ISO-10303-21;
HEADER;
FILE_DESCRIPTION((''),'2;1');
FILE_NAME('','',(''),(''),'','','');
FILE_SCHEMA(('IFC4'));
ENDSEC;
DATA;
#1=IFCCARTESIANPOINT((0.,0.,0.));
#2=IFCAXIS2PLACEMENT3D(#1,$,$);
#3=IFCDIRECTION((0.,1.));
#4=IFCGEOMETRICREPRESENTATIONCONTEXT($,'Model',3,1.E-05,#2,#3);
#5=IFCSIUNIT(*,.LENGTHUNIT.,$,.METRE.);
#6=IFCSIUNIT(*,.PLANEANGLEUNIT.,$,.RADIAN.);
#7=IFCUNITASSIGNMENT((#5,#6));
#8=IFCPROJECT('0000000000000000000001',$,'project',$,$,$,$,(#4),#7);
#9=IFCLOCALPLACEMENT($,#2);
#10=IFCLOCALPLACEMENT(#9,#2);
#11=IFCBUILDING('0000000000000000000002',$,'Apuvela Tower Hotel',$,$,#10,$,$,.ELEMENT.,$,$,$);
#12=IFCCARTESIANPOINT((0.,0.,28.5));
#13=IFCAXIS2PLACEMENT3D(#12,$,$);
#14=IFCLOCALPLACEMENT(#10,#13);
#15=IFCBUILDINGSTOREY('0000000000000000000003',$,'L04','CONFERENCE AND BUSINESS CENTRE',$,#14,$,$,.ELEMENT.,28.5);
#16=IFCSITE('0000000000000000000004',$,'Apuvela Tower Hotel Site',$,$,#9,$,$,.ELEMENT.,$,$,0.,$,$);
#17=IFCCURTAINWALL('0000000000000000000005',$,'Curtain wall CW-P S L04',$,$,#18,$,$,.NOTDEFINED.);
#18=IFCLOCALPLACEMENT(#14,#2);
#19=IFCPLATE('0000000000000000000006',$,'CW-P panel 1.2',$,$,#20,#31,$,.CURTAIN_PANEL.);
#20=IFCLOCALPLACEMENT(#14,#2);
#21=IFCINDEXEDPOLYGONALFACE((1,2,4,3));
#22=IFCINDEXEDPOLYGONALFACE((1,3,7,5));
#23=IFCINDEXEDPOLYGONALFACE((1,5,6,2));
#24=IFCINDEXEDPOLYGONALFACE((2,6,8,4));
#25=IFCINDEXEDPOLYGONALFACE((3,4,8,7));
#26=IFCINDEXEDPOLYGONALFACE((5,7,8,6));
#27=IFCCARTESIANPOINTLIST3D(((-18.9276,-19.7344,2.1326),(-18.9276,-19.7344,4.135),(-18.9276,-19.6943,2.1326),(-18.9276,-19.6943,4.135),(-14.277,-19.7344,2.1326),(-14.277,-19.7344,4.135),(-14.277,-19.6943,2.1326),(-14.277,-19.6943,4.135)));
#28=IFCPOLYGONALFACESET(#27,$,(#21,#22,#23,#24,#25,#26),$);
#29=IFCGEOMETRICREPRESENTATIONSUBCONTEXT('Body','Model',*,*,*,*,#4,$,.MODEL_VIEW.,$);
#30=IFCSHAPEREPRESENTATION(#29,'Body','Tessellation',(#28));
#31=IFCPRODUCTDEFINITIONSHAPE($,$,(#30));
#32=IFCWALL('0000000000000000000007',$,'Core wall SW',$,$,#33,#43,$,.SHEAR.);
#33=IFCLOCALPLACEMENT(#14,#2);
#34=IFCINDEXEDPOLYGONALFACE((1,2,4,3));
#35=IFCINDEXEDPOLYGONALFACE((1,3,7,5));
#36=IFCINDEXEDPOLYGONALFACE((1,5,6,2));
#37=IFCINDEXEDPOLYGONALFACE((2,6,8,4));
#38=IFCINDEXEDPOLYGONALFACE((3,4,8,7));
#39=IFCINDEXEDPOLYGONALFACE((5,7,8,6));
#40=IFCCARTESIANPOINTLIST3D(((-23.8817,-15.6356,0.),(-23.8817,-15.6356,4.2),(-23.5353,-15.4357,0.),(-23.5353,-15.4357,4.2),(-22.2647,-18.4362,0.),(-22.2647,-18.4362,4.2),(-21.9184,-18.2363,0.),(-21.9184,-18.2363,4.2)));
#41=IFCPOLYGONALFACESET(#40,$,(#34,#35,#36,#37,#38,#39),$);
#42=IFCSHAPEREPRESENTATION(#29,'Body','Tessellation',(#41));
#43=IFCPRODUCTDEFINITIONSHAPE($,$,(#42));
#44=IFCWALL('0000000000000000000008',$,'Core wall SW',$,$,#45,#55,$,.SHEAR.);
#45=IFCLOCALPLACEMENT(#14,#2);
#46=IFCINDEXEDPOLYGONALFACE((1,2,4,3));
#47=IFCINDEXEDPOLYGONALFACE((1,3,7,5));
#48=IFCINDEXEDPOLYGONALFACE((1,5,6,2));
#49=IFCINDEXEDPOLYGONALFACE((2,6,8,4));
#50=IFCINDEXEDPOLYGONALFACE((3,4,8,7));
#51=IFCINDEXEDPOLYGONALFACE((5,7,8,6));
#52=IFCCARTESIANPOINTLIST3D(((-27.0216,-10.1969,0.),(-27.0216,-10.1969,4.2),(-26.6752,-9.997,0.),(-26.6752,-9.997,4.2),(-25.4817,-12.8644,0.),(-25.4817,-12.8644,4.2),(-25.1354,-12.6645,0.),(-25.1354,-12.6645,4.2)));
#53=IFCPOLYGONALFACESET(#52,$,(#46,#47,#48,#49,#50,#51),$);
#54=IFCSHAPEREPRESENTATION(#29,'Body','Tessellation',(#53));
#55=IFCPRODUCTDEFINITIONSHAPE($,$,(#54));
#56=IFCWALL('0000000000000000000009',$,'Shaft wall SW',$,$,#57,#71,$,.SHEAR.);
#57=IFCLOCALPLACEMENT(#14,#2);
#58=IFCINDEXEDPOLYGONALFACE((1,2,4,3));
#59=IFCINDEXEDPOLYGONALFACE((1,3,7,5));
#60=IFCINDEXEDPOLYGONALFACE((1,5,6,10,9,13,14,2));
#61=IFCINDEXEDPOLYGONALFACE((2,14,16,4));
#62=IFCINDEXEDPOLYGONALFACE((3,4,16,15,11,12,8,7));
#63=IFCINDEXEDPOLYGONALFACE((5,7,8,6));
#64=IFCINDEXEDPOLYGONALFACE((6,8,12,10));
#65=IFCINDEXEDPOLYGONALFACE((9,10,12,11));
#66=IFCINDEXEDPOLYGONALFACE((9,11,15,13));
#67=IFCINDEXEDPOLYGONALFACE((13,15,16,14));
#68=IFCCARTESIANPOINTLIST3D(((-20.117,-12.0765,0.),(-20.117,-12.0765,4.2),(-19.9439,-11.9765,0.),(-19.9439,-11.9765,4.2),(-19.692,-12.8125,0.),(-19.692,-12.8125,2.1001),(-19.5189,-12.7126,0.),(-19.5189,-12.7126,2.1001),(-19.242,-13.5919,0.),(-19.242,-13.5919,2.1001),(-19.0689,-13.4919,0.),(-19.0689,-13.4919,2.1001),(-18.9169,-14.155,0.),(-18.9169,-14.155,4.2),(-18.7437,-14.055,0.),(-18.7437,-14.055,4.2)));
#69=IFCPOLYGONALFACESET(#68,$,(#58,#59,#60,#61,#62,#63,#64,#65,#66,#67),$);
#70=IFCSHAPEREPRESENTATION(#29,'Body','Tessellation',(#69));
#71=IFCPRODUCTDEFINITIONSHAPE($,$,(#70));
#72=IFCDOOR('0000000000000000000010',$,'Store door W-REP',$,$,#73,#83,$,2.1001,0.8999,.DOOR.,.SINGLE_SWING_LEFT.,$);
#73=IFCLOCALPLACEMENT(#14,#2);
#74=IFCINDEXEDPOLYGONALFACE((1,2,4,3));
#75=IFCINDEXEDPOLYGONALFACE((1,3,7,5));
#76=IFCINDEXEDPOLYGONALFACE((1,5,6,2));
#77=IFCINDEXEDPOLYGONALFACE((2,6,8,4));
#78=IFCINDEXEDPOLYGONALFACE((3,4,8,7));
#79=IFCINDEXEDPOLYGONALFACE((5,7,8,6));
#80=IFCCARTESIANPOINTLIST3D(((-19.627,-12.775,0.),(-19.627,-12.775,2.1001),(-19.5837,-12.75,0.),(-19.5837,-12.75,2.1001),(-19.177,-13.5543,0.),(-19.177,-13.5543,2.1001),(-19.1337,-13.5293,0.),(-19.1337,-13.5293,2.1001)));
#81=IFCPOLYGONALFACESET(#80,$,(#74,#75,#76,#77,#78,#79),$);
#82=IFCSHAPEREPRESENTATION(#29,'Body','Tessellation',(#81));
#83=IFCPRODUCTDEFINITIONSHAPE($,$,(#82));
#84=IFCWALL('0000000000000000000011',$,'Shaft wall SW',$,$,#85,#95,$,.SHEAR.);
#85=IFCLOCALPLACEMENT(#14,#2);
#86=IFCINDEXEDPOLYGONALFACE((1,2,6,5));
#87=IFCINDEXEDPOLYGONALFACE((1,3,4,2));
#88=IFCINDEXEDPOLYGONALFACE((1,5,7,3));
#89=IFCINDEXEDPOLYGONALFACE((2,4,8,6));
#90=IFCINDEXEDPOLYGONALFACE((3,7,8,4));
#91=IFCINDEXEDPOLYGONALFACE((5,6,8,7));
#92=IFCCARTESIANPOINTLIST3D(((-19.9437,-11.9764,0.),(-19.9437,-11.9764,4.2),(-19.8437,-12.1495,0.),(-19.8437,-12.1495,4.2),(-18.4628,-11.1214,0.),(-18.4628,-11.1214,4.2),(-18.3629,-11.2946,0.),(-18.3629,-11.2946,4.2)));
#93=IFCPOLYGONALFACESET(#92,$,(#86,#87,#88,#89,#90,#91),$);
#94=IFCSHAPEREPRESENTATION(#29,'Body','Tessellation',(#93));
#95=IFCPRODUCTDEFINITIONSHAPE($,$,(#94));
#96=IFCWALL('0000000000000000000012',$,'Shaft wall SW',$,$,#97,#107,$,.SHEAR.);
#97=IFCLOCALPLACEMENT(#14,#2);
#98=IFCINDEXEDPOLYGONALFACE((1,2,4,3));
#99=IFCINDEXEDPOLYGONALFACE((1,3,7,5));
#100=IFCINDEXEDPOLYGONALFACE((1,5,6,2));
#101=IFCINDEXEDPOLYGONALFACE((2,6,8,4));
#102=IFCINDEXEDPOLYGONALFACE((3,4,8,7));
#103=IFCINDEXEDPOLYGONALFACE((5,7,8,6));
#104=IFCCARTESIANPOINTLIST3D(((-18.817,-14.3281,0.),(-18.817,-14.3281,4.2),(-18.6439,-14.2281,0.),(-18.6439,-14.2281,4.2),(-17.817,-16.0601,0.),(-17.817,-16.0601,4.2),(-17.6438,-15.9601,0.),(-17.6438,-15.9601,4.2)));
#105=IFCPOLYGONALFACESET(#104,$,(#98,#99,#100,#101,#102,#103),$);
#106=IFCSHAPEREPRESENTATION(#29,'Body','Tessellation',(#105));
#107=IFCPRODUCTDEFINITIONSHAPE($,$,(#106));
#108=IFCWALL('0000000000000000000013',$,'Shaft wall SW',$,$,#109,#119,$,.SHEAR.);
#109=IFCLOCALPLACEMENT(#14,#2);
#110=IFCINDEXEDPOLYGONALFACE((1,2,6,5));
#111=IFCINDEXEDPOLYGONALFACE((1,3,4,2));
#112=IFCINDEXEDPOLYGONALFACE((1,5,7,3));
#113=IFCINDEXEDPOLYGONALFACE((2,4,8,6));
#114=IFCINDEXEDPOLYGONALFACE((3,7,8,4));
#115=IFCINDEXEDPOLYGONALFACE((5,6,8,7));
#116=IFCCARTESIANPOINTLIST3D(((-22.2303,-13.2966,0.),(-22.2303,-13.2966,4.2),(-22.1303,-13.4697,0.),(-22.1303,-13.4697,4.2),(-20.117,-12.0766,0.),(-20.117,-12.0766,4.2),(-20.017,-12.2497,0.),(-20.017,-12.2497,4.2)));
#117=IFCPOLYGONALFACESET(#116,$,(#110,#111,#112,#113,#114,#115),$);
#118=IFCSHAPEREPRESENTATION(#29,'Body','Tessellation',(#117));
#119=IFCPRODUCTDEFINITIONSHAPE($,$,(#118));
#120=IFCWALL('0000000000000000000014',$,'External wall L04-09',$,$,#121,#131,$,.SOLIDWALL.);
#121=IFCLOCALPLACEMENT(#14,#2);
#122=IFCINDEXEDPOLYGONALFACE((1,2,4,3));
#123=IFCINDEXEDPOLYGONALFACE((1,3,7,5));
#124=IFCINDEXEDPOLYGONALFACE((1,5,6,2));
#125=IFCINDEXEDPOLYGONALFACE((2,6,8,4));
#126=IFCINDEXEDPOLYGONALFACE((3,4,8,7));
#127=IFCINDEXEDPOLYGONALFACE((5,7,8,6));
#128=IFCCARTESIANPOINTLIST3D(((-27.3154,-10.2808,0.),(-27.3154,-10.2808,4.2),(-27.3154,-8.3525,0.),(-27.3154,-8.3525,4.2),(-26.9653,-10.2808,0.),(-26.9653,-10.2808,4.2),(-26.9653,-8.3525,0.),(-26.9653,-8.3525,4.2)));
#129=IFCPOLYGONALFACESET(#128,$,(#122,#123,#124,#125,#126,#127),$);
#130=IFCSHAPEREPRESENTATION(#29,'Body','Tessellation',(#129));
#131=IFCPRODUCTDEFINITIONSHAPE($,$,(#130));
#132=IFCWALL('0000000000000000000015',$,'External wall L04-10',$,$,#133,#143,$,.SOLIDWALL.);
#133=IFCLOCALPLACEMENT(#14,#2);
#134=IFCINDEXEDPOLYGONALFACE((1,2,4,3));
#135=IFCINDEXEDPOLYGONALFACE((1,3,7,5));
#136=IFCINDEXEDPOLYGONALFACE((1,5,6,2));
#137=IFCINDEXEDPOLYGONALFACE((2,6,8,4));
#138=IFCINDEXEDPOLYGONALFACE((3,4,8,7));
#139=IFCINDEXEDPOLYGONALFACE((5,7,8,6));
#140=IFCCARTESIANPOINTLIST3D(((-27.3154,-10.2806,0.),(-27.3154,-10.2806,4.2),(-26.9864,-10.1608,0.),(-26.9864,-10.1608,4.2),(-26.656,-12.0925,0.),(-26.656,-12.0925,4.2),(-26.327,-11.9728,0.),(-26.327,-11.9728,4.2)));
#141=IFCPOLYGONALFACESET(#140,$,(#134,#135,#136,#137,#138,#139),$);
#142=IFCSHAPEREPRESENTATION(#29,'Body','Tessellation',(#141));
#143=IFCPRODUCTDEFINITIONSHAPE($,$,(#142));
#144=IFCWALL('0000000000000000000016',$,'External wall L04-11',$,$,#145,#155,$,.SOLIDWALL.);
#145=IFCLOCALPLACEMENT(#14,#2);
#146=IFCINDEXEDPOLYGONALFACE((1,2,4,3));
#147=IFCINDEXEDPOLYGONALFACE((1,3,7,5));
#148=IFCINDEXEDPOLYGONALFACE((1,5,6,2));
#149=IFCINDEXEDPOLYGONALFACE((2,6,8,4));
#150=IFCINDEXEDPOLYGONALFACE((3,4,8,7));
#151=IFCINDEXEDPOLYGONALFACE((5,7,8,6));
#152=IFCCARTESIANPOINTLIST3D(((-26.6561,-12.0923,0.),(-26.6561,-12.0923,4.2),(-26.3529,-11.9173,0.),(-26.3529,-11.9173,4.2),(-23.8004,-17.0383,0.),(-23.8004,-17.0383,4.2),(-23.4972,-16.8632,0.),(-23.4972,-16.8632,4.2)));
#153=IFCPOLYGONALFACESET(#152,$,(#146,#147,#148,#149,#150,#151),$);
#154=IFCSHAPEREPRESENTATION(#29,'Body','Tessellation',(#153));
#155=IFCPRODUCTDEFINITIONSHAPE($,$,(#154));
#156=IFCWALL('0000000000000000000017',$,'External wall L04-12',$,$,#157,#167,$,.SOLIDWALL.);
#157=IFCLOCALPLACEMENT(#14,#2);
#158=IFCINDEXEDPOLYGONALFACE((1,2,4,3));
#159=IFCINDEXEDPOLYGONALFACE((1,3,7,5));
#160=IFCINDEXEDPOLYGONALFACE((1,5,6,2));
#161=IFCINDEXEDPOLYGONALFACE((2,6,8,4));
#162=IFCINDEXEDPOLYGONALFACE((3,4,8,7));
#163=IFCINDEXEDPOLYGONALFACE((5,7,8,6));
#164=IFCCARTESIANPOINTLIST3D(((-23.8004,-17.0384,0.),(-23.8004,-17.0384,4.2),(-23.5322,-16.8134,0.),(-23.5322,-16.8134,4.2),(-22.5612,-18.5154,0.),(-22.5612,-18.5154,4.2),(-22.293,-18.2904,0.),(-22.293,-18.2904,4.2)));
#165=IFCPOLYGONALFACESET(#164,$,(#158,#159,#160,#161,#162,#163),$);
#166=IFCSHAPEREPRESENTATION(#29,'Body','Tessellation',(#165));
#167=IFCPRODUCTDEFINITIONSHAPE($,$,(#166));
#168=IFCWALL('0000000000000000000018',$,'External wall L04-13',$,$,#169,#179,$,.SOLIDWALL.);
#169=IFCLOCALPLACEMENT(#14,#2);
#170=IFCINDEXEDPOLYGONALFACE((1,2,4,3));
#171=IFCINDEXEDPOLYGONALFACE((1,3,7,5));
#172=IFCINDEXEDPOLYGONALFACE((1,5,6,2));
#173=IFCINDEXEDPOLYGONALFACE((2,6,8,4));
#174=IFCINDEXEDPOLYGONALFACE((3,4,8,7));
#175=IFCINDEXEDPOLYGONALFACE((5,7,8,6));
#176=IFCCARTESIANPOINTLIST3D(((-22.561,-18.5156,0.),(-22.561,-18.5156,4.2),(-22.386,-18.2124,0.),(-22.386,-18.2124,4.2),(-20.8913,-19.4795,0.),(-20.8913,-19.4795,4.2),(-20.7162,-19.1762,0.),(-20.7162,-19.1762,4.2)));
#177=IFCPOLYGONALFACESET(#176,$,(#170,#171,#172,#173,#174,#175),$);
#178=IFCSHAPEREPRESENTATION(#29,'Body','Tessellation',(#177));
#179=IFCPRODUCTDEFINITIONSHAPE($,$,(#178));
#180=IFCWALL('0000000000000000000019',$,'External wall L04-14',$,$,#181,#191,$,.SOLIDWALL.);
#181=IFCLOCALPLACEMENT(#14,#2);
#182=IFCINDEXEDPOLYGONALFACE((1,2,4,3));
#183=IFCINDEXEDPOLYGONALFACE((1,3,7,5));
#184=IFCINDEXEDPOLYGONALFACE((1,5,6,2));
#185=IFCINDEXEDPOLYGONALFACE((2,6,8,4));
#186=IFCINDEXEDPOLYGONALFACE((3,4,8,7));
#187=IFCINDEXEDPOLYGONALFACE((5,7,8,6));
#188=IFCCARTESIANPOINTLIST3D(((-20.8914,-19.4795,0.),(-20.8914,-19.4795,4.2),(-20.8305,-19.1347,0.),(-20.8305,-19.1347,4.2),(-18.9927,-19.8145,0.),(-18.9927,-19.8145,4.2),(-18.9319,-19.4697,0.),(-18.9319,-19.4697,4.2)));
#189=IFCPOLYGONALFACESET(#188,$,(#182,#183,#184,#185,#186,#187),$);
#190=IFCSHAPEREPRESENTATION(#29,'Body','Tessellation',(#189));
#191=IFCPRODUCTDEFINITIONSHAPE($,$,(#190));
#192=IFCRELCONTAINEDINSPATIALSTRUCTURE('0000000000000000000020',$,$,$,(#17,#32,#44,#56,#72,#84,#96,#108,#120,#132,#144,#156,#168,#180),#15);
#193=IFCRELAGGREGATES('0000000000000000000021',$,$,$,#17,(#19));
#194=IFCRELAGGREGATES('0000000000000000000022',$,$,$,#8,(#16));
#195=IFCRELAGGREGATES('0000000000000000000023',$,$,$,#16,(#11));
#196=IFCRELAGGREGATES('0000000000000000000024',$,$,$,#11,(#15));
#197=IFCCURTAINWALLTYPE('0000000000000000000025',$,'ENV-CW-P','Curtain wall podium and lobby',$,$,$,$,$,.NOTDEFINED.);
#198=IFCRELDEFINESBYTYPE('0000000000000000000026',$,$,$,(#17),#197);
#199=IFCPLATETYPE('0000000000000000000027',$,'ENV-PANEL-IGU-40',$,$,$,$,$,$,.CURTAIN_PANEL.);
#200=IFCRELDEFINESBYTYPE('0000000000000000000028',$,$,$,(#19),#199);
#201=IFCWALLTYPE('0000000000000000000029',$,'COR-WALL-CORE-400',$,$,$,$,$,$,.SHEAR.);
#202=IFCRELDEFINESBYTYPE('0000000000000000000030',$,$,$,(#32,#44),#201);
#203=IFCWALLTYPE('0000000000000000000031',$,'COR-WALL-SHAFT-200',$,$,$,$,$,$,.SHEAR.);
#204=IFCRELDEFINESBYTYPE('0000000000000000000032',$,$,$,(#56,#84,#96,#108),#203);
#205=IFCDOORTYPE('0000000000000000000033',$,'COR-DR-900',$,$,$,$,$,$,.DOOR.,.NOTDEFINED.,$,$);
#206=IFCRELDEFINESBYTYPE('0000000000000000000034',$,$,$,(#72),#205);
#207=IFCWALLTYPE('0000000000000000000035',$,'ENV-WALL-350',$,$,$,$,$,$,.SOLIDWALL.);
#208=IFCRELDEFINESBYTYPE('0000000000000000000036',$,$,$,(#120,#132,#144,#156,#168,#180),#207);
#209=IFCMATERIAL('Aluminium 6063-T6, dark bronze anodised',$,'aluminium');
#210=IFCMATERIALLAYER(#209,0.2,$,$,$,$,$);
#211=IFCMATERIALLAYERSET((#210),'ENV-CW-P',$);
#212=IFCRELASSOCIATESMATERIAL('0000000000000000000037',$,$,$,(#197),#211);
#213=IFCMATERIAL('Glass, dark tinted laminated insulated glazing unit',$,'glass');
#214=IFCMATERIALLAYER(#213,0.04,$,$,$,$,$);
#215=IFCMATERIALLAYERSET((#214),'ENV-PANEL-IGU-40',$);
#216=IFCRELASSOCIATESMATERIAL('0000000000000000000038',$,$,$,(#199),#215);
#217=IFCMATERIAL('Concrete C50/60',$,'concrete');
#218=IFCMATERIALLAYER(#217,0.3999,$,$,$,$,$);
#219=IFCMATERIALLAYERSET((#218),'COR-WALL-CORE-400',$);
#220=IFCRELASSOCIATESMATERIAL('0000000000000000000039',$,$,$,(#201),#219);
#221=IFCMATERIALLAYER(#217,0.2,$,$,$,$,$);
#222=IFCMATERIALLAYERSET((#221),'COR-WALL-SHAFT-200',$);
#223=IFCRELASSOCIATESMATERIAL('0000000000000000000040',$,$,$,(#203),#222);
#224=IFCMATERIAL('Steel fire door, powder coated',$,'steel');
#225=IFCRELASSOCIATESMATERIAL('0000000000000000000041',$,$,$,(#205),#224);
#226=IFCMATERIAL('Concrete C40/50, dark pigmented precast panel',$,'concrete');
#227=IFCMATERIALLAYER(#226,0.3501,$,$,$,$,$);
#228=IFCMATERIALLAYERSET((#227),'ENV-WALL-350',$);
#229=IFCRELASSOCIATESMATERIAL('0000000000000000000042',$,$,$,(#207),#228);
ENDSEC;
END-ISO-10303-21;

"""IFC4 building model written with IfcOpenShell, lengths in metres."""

from ifc_helpers import new_model, si_unit, direction, frame, frame_2d, origin, origin_2d, place, context, subcontext, project, spatial, rectangle, extrude, material, layer, layer_set, type_object, element, fill, aggregate, save


model = new_model("IFC4")

# Units and contexts
model_context = context("Model", 3, precision=1e-05, world=origin(), true_north=direction((0.0, 1.0)))
body_context = subcontext(model_context, "Body", "Model", "MODEL_VIEW")
ifc_project = project(units=[si_unit("LENGTHUNIT", "METRE"), si_unit("PLANEANGLEUNIT", "RADIAN")], contexts=[model_context])

# Site, building, storey
site_placement = place(None, origin())
site = spatial("IfcSite", under=ifc_project, at=site_placement, Name="Apuvela Tower Hotel Site", CompositionType="ELEMENT", RefElevation=0.0)
building_placement = place(site_placement, origin())
building = spatial("IfcBuilding", under=site, at=building_placement, Name="Apuvela Tower Hotel", CompositionType="ELEMENT")
storey_placement = place(building_placement, frame((0.0, 0.0, 28.5)))
storey = spatial("IfcBuildingStorey", under=building, at=storey_placement, Name="L04", Description="CONFERENCE AND BUSINESS CENTRE", CompositionType="ELEMENT", Elevation=28.5)

# Curtain wall
ifc_material_1 = material(Name="Aluminium 6063-T6, dark bronze anodised", Category="aluminium")
ifc_layer_1 = layer(ifc_material_1, 0.2)
ifc_layer_set_1 = layer_set([ifc_layer_1], Name="ENV-CW-P")
curtain_wall_type = type_object("IfcCurtainWallType", Name="ENV-CW-P", Description="Curtain wall podium and lobby", PredefinedType="NOTDEFINED", material=ifc_layer_set_1)
curtain_wall_placement = place(storey_placement, origin())
curtain_wall = element("IfcCurtainWall", 1, at=curtain_wall_placement, inside=storey, type_object=curtain_wall_type, Name="Curtain wall CW-P S L04", PredefinedType="NOTDEFINED")

# Plate
ifc_material_2 = material(Name="Glass, dark tinted laminated insulated glazing unit", Category="glass")
ifc_layer_2 = layer(ifc_material_2, 0.04)
ifc_layer_set_2 = layer_set([ifc_layer_2], Name="ENV-PANEL-IGU-40")
plate_type = type_object("IfcPlateType", Name="ENV-PANEL-IGU-40", PredefinedType="CURTAIN_PANEL", material=ifc_layer_set_2)
plate_1_placement = place(storey_placement, frame((-16.6023, -19.7144, 2.1326), z_axis=(0.0, 0.0, 1.0), x_axis=(1.0, 0.0, 0.0)))
plate_1 = element("IfcPlate", 2, at=plate_1_placement, type_object=plate_type, Name="CW-P panel 1.2", PredefinedType="CURTAIN_PANEL", context=body_context, shape_type="SweptSolid", body=[
    extrude(rectangle(XDim=4.6506, YDim=0.04, at=origin_2d()), origin(), (0.0, 0.0, 1.0), 2.0024),
])
aggregate(curtain_wall, [plate_1])

# Walls
ifc_material_3 = material(Name="Concrete C50/60", Category="concrete")
ifc_layer_3 = layer(ifc_material_3, 0.3999)
ifc_layer_set_3 = layer_set([ifc_layer_3], Name="COR-WALL-CORE-400")
wall_type_1 = type_object("IfcWallType", Name="COR-WALL-CORE-400", PredefinedType="SHEAR", material=ifc_layer_set_3)
wall_1_placement = place(storey_placement, frame((-23.7085, -15.5356, 0.0), z_axis=(0.0, 0.0, 1.0), x_axis=(0.500012, -0.866018, 0.0)))
element("IfcWall", 3, at=wall_1_placement, inside=storey, type_object=wall_type_1, Name="Core wall SW", PredefinedType="SHEAR", context=body_context, shape_type="SweptSolid", body=[
    extrude(rectangle(XDim=3.2339, YDim=0.3999, at=frame_2d((1.6169, 0.0))), origin(), (0.0, 0.0, 1.0), 4.2),
])
wall_2_placement = place(storey_placement, frame((-26.8484, -10.0969, 0.0), z_axis=(0.0, 0.0, 1.0), x_axis=(0.499933, -0.866064, 0.0)))
element("IfcWall", 4, at=wall_2_placement, inside=storey, type_object=wall_type_1, Name="Core wall SW", PredefinedType="SHEAR", context=body_context, shape_type="SweptSolid", body=[
    extrude(rectangle(XDim=3.0801, YDim=0.3999, at=frame_2d((1.54, 0.0))), origin(), (0.0, 0.0, 1.0), 4.2),
])

# Wall, opening, door
ifc_layer_4 = layer(ifc_material_3, 0.2)
ifc_layer_set_4 = layer_set([ifc_layer_4], Name="COR-WALL-SHAFT-200")
wall_type_2 = type_object("IfcWallType", Name="COR-WALL-SHAFT-200", PredefinedType="SHEAR", material=ifc_layer_set_4)
wall_3_placement = place(storey_placement, frame((-20.0305, -12.0264, 0.0), z_axis=(0.0, 0.0, 1.0), x_axis=(0.500034, -0.866006, 0.0)))
wall_3 = element("IfcWall", 5, at=wall_3_placement, inside=storey, type_object=wall_type_2, Name="Shaft wall SW", PredefinedType="SHEAR", context=body_context, shape_type="SweptSolid", body=[
    extrude(rectangle(XDim=2.4001, YDim=0.2, at=frame_2d((1.2002, 0.0))), origin(), (0.0, 0.0, 1.0), 4.2),
])
opening_placement = place(wall_3_placement, frame((0.8501, 0.0, 0.0)))
opening = element("IfcOpeningElement", 6, at=opening_placement, cuts=wall_3, PredefinedType="OPENING", context=body_context, shape_type="SweptSolid", body=[
    extrude(rectangle(XDim=0.8999, YDim=2.1001, at=frame_2d((0.45, 1.05))), frame((0.0, 0.1099, 0.0), z_axis=(0.0, -1.0, 0.0), x_axis=(1.0, 0.0, 0.0)), (0.0, 0.0, 1.0), 0.22),
])
ifc_material_4 = material(Name="Steel fire door, powder coated", Category="steel")
door_type = type_object("IfcDoorType", Name="COR-DR-900", OperationType="NOTDEFINED", PredefinedType="DOOR", material=ifc_material_4)
door_placement = place(opening_placement, frame((0.8999, 0.0, 0.0), z_axis=(0.0, 0.0, 1.0), x_axis=(-1.0, 0.0, 0.0)))
door = element("IfcDoor", 7, at=door_placement, inside=storey, type_object=door_type, Name="Store door W-REP", OperationType="SINGLE_SWING_LEFT", OverallHeight=2.1001, OverallWidth=0.8999, PredefinedType="DOOR", context=body_context, shape_type="SweptSolid", body=[
    extrude(rectangle(XDim=0.8999, YDim=2.1001, at=frame_2d((0.45, 1.05))), frame((0.0, 0.0249, 0.0), z_axis=(0.0, -1.0, 0.0), x_axis=(1.0, 0.0, 0.0)), (0.0, 0.0, 1.0), 0.05),
])
fill(opening, door)

# Walls
wall_4_placement = place(storey_placement, frame((-18.4128, -11.208, 0.0), z_axis=(0.0, 0.0, 1.0), x_axis=(-0.866038, -0.499978, 0.0)))
element("IfcWall", 8, at=wall_4_placement, inside=storey, type_object=wall_type_2, Name="Shaft wall SW", PredefinedType="SHEAR", context=body_context, shape_type="SweptSolid", body=[
    extrude(rectangle(XDim=1.71, YDim=0.2, at=frame_2d((0.855, 0.0))), origin(), (0.0, 0.0, 1.0), 4.2),
])
wall_5_placement = place(storey_placement, frame((-18.7305, -14.2781, 0.0), z_axis=(0.0, 0.0, 1.0), x_axis=(0.500025, -0.866011, 0.0)))
element("IfcWall", 9, at=wall_5_placement, inside=storey, type_object=wall_type_2, Name="Shaft wall SW", PredefinedType="SHEAR", context=body_context, shape_type="SweptSolid", body=[
    extrude(rectangle(XDim=2.0, YDim=0.2, at=frame_2d((1.0, 0.0))), origin(), (0.0, 0.0, 1.0), 4.2),
])
wall_6_placement = place(storey_placement, frame((-20.0669, -12.1631, 0.0), z_axis=(0.0, 0.0, 1.0), x_axis=(-0.866049, -0.499959, 0.0)))
element("IfcWall", 10, at=wall_6_placement, inside=storey, type_object=wall_type_2, Name="Shaft wall SW", PredefinedType="SHEAR", context=body_context, shape_type="SweptSolid", body=[
    extrude(rectangle(XDim=2.4402, YDim=0.2, at=frame_2d((1.2202, 0.0))), origin(), (0.0, 0.0, 1.0), 4.2),
])
ifc_material_5 = material(Name="Concrete C40/50, dark pigmented precast panel", Category="concrete")
ifc_layer_5 = layer(ifc_material_5, 0.3501)
ifc_layer_set_5 = layer_set([ifc_layer_5], Name="ENV-WALL-350")
wall_type_3 = type_object("IfcWallType", Name="ENV-WALL-350", PredefinedType="SOLIDWALL", material=ifc_layer_set_5)
for number, where, z_axis, x_axis, name in (
    (11, (-27.1404, -8.3525, 0.0), (0.0, 0.0, 1.0), (0.0, -1.0, 0.0), "External wall L04-09"),
    (12, (-27.1509, -10.2207, 0.0), (0.0, 0.0, 1.0), (0.341977, -0.939708, 0.0), "External wall L04-10"),
):
    element("IfcWall", number, at=place(storey_placement, frame(where, z_axis=z_axis, x_axis=x_axis)), inside=storey, type_object=wall_type_3, Name=name, PredefinedType="SOLIDWALL", context=body_context, shape_type="SweptSolid", body=[
        extrude(rectangle(XDim=1.9282, YDim=0.3501, at=frame_2d((0.9641, 0.0))), origin(), (0.0, 0.0, 1.0), 4.2),
    ])
wall_7_placement = place(storey_placement, frame((-26.5044, -12.0049, 0.0), z_axis=(0.0, 0.0, 1.0), x_axis=(0.500015, -0.866017, 0.0)))
element("IfcWall", 13, at=wall_7_placement, inside=storey, type_object=wall_type_3, Name="External wall L04-11", PredefinedType="SOLIDWALL", context=body_context, shape_type="SweptSolid", body=[
    extrude(rectangle(XDim=5.7112, YDim=0.3501, at=frame_2d((2.8555, 0.0))), origin(), (0.0, 0.0, 1.0), 4.2),
])
for number, where, z_axis, x_axis, name in (
    (14, (-23.6663, -16.926, 0.0), (0.0, 0.0, 1.0), (0.642747, -0.766079, 0.0), "External wall L04-12"),
    (15, (-22.4734, -18.364, 0.0), (0.0, 0.0, 1.0), (0.866053, -0.499953, 0.0), "External wall L04-13"),
    (16, (-20.8608, -19.3071, 0.0), (0.0, 0.0, 1.0), (0.984792, -0.173735, 0.0), "External wall L04-14"),
):
    element("IfcWall", number, at=place(storey_placement, frame(where, z_axis=z_axis, x_axis=x_axis)), inside=storey, type_object=wall_type_3, Name=name, PredefinedType="SOLIDWALL", context=body_context, shape_type="SweptSolid", body=[
        extrude(rectangle(XDim=1.928, YDim=0.3501, at=frame_2d((0.9639, 0.0))), origin(), (0.0, 0.0, 1.0), 4.2),
    ])

save(model, "model.ifc")
